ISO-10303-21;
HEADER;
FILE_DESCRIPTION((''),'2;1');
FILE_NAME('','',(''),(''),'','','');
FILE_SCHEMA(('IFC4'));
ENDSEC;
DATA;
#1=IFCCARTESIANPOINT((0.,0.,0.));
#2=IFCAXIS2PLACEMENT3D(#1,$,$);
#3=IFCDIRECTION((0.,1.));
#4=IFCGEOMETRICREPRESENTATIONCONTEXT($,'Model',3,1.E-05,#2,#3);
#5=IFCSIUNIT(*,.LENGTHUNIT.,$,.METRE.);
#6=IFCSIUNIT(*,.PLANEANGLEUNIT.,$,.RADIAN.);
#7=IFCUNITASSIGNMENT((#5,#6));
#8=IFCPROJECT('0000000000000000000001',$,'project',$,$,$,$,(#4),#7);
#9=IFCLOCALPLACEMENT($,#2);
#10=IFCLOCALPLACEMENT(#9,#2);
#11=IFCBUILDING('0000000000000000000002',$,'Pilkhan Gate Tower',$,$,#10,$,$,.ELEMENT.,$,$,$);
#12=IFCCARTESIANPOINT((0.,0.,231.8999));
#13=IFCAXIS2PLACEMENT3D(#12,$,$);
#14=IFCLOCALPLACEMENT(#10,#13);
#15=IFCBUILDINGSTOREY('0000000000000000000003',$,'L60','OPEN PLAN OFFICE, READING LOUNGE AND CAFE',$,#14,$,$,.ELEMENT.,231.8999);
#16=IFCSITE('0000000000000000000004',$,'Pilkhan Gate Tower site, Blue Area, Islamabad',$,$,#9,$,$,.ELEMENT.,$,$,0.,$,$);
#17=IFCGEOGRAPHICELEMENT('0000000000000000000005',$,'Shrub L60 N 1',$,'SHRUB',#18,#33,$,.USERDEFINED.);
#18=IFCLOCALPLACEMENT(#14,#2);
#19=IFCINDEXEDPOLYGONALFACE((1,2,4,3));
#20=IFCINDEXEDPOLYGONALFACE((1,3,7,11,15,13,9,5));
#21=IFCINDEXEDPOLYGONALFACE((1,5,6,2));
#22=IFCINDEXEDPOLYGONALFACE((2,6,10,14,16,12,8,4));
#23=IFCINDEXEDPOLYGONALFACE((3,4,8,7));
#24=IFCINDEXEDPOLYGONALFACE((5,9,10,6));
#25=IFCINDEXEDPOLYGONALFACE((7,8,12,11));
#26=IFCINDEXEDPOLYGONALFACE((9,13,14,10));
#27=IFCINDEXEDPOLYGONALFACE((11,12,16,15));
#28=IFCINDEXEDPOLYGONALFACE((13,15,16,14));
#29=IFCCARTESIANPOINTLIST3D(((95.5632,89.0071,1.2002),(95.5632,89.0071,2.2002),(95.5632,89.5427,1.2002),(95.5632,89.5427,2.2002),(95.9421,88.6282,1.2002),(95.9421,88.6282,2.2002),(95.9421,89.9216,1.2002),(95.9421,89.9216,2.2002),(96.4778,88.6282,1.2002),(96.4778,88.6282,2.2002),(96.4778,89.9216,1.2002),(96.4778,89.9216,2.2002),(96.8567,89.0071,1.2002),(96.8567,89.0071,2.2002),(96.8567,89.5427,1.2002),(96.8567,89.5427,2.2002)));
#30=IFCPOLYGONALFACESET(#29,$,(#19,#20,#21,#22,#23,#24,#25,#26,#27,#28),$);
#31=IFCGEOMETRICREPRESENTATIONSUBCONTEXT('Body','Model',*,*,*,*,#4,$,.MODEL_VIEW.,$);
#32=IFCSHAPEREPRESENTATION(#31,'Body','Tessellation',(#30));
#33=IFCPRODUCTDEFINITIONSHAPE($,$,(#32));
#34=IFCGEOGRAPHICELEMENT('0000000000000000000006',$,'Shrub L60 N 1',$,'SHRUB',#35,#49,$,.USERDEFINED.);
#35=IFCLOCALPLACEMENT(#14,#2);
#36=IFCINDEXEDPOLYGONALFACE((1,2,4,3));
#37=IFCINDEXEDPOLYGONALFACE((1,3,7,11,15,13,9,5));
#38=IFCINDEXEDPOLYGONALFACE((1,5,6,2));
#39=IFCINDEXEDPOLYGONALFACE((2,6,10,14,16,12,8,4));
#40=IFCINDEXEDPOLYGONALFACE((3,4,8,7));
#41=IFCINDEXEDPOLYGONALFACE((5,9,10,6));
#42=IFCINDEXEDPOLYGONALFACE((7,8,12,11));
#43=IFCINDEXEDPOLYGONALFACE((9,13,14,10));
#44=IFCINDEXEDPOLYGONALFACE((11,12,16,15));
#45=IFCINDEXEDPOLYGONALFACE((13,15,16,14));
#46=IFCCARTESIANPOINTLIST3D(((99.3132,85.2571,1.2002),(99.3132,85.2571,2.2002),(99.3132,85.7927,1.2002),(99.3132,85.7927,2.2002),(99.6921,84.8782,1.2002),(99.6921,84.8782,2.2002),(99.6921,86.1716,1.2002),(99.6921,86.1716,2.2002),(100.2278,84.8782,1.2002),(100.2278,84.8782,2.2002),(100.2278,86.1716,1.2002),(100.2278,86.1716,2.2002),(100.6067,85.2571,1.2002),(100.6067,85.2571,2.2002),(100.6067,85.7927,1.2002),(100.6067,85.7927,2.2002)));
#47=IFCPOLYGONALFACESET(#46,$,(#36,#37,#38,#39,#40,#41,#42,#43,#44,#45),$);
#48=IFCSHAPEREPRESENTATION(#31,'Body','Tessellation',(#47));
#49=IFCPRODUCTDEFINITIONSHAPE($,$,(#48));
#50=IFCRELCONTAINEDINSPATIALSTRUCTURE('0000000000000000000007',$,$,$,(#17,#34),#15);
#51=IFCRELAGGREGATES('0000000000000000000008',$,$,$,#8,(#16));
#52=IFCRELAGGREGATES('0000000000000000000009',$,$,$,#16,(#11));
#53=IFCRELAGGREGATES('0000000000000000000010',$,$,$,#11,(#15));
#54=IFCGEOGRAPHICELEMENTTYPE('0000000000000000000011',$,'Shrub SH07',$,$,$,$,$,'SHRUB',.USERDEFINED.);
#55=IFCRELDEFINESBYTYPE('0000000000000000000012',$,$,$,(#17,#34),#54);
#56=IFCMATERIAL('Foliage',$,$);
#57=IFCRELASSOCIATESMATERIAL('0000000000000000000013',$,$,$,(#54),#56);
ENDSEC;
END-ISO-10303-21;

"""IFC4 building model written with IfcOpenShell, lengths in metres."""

from ifc_helpers import new_model, si_unit, direction, frame, origin, place, context, subcontext, project, spatial, polyline, outline, extrude, material, material_profile, profile_set, type_object, element, save


model = new_model("IFC4")

# Units and contexts
model_context = context("Model", 3, precision=1e-05, world=origin(), true_north=direction((0.0, 1.0)))
body_context = subcontext(model_context, "Body", "Model", "MODEL_VIEW")
ifc_project = project(units=[si_unit("LENGTHUNIT", "METRE"), si_unit("PLANEANGLEUNIT", "RADIAN")], contexts=[model_context])

# Site, building, storey
site_placement = place(None, origin())
site = spatial("IfcSite", under=ifc_project, at=site_placement, Name="Pilkhan Gate Tower site, Blue Area, Islamabad", CompositionType="ELEMENT", RefElevation=0.0)
building_placement = place(site_placement, origin())
building = spatial("IfcBuilding", under=site, at=building_placement, Name="Pilkhan Gate Tower", CompositionType="ELEMENT")
storey_placement = place(building_placement, frame((0.0, 0.0, 231.8999)))
storey = spatial("IfcBuildingStorey", under=building, at=storey_placement, Name="L60", Description="OPEN PLAN OFFICE, READING LOUNGE AND CAFE", CompositionType="ELEMENT", Elevation=231.8999)

# Geographic elements
ifc_material_1 = material(Name="Foliage")
ifc_material_profile_1 = material_profile(ifc_material_1, outline(polyline([(0.6467, 0.2678), (0.2678, 0.6467), (-0.2678, 0.6467), (-0.6467, 0.2678), (-0.6467, -0.2678), (-0.2678, -0.6467), (0.2678, -0.6467), (0.6467, -0.2678), (0.6467, 0.2678)])), Name="Shrub D1.4")
ifc_profile_set_1 = profile_set([ifc_material_profile_1], Name="Foliage")
geographic_element_type_1 = type_object("IfcGeographicElementType", Name="Shrub SH07", ElementType="SHRUB", PredefinedType="USERDEFINED", material=ifc_profile_set_1)
for number, where, z_axis, x_axis, name in (
    (1, (96.21, 89.2749, 1.2002), (0.0, 0.0, 1.0), (1.0, 0.0, 0.0), "Shrub L60 N 1"),
    (2, (99.96, 85.5249, 1.2002), (0.0, 0.0, 1.0), (1.0, 0.0, 0.0), "Shrub L60 N 1"),
):
    element("IfcGeographicElement", number, at=place(storey_placement, frame(where, z_axis=z_axis, x_axis=x_axis)), inside=storey, type_object=geographic_element_type_1, Name=name, ObjectType="SHRUB", PredefinedType="USERDEFINED", context=body_context, shape_type="SweptSolid", body=[
        extrude(outline(polyline([(0.6467, 0.2678), (0.2678, 0.6467), (-0.2678, 0.6467), (-0.6467, 0.2678), (-0.6467, -0.2678), (-0.2678, -0.6467), (0.2678, -0.6467), (0.6467, -0.2678), (0.6467, 0.2678)])), origin(), (0.0, 0.0, 1.0), 1.0),
    ])

save(model, "model.ifc")
